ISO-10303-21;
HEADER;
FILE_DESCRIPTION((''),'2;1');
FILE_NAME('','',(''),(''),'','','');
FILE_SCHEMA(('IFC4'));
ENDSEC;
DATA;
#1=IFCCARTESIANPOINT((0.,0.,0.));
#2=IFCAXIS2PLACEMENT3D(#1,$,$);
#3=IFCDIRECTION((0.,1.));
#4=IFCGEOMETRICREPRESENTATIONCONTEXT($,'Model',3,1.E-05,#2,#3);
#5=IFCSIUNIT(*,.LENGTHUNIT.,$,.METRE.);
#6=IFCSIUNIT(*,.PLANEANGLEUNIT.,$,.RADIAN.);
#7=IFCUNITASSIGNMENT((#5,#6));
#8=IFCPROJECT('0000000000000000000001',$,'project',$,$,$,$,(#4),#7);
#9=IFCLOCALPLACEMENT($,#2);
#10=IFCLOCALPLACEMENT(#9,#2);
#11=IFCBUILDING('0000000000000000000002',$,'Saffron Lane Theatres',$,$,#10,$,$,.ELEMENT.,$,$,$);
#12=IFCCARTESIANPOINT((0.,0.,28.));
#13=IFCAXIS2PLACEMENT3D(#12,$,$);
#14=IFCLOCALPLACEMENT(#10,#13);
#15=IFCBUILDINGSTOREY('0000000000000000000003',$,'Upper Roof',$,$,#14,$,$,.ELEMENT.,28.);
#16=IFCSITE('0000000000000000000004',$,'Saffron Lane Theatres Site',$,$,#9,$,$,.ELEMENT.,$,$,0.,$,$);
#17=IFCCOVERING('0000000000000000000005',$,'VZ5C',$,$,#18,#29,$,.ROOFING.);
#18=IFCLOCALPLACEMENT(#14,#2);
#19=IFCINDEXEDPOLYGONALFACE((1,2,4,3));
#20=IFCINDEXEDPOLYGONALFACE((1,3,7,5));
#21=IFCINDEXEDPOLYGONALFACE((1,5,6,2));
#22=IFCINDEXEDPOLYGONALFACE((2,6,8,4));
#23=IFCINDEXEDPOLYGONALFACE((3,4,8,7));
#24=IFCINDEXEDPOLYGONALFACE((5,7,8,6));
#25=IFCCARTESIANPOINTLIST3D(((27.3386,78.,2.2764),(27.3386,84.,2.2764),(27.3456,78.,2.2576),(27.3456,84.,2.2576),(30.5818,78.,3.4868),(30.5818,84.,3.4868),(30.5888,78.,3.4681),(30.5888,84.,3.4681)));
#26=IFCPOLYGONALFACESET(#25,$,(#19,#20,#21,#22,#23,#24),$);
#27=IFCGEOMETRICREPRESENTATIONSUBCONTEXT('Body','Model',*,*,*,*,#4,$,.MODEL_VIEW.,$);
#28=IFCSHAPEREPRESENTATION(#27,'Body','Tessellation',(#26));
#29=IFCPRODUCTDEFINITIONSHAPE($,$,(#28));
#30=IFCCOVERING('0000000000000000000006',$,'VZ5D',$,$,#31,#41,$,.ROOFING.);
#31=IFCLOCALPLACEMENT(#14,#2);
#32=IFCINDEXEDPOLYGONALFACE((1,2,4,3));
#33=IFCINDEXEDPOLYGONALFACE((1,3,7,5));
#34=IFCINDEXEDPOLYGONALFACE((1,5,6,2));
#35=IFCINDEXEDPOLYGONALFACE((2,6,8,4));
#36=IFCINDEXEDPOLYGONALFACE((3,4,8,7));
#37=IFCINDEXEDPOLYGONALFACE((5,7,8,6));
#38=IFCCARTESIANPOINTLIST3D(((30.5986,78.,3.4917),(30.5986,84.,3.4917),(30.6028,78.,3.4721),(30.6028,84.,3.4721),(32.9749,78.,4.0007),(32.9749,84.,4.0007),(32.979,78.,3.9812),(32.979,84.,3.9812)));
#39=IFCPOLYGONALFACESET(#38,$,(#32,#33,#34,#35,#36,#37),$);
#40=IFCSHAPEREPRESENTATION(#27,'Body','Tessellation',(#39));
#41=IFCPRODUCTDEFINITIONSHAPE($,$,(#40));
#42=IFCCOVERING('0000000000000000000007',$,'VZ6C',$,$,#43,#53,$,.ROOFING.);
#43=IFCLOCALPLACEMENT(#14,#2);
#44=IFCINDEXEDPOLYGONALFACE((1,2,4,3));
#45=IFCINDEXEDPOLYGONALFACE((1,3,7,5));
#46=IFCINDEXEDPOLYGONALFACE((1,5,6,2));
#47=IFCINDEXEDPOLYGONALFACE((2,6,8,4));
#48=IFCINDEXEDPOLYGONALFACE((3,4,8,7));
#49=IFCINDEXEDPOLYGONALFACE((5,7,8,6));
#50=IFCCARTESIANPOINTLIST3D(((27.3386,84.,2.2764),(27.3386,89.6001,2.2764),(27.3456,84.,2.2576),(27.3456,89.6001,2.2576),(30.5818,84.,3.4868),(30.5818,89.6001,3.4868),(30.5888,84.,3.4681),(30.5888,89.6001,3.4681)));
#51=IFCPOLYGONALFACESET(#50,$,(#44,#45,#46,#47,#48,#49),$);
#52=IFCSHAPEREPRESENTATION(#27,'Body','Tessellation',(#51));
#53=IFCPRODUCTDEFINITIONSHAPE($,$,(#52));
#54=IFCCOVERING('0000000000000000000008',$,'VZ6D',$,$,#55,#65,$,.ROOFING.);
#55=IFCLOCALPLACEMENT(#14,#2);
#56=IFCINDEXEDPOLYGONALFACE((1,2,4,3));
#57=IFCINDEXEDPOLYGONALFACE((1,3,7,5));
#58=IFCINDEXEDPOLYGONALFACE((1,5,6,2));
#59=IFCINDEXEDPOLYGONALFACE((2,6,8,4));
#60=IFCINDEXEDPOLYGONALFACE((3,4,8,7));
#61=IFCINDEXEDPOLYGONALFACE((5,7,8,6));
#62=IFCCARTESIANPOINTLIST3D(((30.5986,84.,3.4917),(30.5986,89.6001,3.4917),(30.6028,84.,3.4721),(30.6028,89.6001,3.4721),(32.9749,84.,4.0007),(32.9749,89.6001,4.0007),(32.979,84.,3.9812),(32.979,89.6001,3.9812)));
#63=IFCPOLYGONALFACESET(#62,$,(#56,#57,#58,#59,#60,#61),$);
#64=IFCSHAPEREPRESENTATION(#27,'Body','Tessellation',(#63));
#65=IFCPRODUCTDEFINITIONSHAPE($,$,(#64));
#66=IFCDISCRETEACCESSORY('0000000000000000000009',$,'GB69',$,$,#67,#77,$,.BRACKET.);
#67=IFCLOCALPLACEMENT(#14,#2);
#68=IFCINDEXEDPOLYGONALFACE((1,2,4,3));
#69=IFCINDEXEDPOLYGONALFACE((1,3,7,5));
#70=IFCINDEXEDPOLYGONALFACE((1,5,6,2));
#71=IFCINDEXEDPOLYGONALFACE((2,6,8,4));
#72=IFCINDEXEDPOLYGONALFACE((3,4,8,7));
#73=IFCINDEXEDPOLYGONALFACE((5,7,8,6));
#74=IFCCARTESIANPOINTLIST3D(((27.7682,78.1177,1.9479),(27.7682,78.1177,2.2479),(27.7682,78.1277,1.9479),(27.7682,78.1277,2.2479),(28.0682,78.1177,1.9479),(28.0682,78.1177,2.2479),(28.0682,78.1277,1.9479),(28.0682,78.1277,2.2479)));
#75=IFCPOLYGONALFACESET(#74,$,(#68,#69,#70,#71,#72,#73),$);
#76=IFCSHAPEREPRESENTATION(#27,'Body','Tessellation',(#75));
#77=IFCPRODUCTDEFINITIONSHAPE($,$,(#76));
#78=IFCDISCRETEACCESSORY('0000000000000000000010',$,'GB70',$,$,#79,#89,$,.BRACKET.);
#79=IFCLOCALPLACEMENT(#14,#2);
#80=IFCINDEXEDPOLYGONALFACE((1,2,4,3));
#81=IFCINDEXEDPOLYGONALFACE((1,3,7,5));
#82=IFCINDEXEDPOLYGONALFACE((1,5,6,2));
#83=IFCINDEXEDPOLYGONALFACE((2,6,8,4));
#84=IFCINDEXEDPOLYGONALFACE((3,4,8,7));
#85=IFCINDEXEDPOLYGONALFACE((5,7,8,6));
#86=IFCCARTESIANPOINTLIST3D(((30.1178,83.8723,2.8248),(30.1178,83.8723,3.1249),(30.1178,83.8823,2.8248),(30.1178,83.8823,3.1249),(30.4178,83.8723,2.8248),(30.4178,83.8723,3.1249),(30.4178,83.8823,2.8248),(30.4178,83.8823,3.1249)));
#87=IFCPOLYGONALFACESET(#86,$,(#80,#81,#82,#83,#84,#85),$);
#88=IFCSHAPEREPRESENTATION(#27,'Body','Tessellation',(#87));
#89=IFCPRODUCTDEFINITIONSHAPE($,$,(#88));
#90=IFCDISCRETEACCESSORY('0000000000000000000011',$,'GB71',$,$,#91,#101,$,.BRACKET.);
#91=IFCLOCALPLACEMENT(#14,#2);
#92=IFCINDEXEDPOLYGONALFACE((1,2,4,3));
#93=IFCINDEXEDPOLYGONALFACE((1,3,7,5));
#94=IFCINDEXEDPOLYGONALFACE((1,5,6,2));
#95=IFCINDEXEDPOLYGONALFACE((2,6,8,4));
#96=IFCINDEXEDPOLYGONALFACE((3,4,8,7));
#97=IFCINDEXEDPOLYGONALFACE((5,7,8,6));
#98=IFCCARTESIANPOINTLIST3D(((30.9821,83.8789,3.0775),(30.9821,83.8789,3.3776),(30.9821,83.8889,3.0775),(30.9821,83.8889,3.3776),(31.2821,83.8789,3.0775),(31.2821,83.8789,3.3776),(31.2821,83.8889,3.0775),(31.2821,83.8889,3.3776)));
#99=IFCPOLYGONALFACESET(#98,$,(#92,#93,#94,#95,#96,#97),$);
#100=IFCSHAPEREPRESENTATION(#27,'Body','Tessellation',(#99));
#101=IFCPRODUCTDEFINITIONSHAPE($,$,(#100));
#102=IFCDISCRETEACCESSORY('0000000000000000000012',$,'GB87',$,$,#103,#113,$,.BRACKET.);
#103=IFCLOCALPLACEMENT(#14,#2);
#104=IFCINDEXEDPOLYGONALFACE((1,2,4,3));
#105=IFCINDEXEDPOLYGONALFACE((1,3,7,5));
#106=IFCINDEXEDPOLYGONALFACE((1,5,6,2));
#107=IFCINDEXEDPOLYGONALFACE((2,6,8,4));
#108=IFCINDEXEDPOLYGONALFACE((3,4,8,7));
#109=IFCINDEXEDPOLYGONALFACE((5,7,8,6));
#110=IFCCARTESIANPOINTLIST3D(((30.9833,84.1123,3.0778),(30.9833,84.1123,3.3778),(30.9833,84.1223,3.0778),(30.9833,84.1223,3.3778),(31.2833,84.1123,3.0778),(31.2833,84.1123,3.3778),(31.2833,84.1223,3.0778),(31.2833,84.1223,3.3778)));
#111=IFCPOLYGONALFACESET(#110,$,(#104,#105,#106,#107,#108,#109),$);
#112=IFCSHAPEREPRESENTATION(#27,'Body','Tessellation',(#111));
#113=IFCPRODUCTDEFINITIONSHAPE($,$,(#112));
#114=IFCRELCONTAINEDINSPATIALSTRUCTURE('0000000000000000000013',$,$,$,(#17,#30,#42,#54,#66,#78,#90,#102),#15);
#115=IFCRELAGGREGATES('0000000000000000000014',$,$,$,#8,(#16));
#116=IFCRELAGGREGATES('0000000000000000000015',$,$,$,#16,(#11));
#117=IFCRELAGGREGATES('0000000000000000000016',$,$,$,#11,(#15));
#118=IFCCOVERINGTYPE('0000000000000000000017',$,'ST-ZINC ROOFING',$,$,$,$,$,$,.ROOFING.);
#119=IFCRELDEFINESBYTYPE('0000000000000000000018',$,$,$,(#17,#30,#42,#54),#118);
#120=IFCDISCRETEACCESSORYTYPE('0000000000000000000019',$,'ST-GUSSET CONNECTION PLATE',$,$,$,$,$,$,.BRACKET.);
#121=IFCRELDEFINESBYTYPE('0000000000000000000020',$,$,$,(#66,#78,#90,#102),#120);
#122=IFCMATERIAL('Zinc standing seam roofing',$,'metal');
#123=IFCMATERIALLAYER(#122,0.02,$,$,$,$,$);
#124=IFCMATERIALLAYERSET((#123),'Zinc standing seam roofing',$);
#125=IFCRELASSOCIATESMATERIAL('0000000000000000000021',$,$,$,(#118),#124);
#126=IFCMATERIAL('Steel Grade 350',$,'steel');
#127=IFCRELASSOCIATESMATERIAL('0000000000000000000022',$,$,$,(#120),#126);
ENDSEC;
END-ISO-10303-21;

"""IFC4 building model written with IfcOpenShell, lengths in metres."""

from ifc_helpers import new_model, si_unit, direction, frame, origin, origin_2d, place, context, subcontext, project, spatial, polyline, rectangle, outline, extrude, material, layer, layer_set, material_profile, profile_set, type_object, element, save


model = new_model("IFC4")

# Units and contexts
model_context = context("Model", 3, precision=1e-05, world=origin(), true_north=direction((0.0, 1.0)))
body_context = subcontext(model_context, "Body", "Model", "MODEL_VIEW")
ifc_project = project(units=[si_unit("LENGTHUNIT", "METRE"), si_unit("PLANEANGLEUNIT", "RADIAN")], contexts=[model_context])

# Site, building, storey
site_placement = place(None, origin())
site = spatial("IfcSite", under=ifc_project, at=site_placement, Name="Saffron Lane Theatres Site", CompositionType="ELEMENT", RefElevation=0.0)
building_placement = place(site_placement, origin())
building = spatial("IfcBuilding", under=site, at=building_placement, Name="Saffron Lane Theatres", CompositionType="ELEMENT")
storey_placement = place(building_placement, frame((0.0, 0.0, 28.0)))
storey = spatial("IfcBuildingStorey", under=building, at=storey_placement, Name="Upper Roof", CompositionType="ELEMENT", Elevation=28.0)

# Coverings
ifc_material_1 = material(Name="Zinc standing seam roofing", Category="metal")
ifc_layer_1 = layer(ifc_material_1, 0.02)
ifc_layer_set_1 = layer_set([ifc_layer_1], Name="Zinc standing seam roofing")
covering_type = type_object("IfcCoveringType", Name="ST-ZINC ROOFING", PredefinedType="ROOFING", material=ifc_layer_set_1)
covering_1_placement = place(storey_placement, frame((27.3386, 78.0, 2.2764), z_axis=(-0.34967, 0.0, 0.936873), x_axis=(0.936873, 0.0, 0.34967)))
element("IfcCovering", 1, at=covering_1_placement, inside=storey, type_object=covering_type, Name="VZ5C", PredefinedType="ROOFING", context=body_context, shape_type="SweptSolid", body=[
    extrude(outline(polyline([(0.0, 0.0), (3.4617, 0.0), (3.4617, 6.0), (0.0, 6.0), (0.0, 0.0)])), origin(), (0.0, 0.0, -1.0), 0.02),
])
covering_2_placement = place(storey_placement, frame((30.5986, 78.0, 3.4917), z_axis=(-0.209467, 0.0, 0.977816), x_axis=(0.977816, 0.0, 0.209467)))
element("IfcCovering", 2, at=covering_2_placement, inside=storey, type_object=covering_type, Name="VZ5D", PredefinedType="ROOFING", context=body_context, shape_type="SweptSolid", body=[
    extrude(outline(polyline([(0.0, 0.0), (2.4301, 0.0), (2.4301, 6.0), (0.0, 6.0), (0.0, 0.0)])), origin(), (0.0, 0.0, -1.0), 0.02),
])
covering_3_placement = place(storey_placement, frame((27.3386, 84.0, 2.2764), z_axis=(-0.34967, 0.0, 0.936873), x_axis=(0.936873, 0.0, 0.34967)))
element("IfcCovering", 3, at=covering_3_placement, inside=storey, type_object=covering_type, Name="VZ6C", PredefinedType="ROOFING", context=body_context, shape_type="SweptSolid", body=[
    extrude(outline(polyline([(0.0, 0.0), (3.4617, 0.0), (3.4617, 5.6001), (0.0, 5.6001), (0.0, 0.0)])), origin(), (0.0, 0.0, -1.0), 0.02),
])
covering_4_placement = place(storey_placement, frame((30.5986, 84.0, 3.4917), z_axis=(-0.209467, 0.0, 0.977816), x_axis=(0.977816, 0.0, 0.209467)))
element("IfcCovering", 4, at=covering_4_placement, inside=storey, type_object=covering_type, Name="VZ6D", PredefinedType="ROOFING", context=body_context, shape_type="SweptSolid", body=[
    extrude(outline(polyline([(0.0, 0.0), (2.4301, 0.0), (2.4301, 5.6001), (0.0, 5.6001), (0.0, 0.0)])), origin(), (0.0, 0.0, -1.0), 0.02),
])

# Discrete accessories
ifc_material_2 = material(Name="Steel Grade 350", Category="steel")
ifc_material_profile_1 = material_profile(ifc_material_2, rectangle(XDim=0.3, YDim=0.3, at=origin_2d()))
ifc_profile_set_1 = profile_set([ifc_material_profile_1], Name="Steel Grade 350")
discrete_accessory_type = type_object("IfcDiscreteAccessoryType", Name="ST-GUSSET CONNECTION PLATE", PredefinedType="BRACKET", material=ifc_profile_set_1)
for number, where, z_axis, x_axis, name in (
    (5, (27.9182, 78.1177, 2.0979), (0.0, 1.0, 0.0), (-1.0, 0.0, 0.0), "GB69"),
    (6, (30.2678, 83.8823, 2.9749), (0.0, -1.0, 0.0), (1.0, 0.0, 0.0), "GB70"),
    (7, (31.1321, 83.8889, 3.2275), (0.0, -1.0, 0.0), (1.0, 0.0, 0.0), "GB71"),
    (8, (31.1333, 84.1123, 3.2278), (0.0, 1.0, 0.0), (-1.0, 0.0, 0.0), "GB87"),
):
    element("IfcDiscreteAccessory", number, at=place(storey_placement, frame(where, z_axis=z_axis, x_axis=x_axis)), inside=storey, type_object=discrete_accessory_type, Name=name, PredefinedType="BRACKET", context=body_context, shape_type="SweptSolid", body=[
        extrude(rectangle(XDim=0.3, YDim=0.3, at=origin_2d()), origin(), (0.0, 0.0, 1.0), 0.01),
    ])

save(model, "model.ifc")
